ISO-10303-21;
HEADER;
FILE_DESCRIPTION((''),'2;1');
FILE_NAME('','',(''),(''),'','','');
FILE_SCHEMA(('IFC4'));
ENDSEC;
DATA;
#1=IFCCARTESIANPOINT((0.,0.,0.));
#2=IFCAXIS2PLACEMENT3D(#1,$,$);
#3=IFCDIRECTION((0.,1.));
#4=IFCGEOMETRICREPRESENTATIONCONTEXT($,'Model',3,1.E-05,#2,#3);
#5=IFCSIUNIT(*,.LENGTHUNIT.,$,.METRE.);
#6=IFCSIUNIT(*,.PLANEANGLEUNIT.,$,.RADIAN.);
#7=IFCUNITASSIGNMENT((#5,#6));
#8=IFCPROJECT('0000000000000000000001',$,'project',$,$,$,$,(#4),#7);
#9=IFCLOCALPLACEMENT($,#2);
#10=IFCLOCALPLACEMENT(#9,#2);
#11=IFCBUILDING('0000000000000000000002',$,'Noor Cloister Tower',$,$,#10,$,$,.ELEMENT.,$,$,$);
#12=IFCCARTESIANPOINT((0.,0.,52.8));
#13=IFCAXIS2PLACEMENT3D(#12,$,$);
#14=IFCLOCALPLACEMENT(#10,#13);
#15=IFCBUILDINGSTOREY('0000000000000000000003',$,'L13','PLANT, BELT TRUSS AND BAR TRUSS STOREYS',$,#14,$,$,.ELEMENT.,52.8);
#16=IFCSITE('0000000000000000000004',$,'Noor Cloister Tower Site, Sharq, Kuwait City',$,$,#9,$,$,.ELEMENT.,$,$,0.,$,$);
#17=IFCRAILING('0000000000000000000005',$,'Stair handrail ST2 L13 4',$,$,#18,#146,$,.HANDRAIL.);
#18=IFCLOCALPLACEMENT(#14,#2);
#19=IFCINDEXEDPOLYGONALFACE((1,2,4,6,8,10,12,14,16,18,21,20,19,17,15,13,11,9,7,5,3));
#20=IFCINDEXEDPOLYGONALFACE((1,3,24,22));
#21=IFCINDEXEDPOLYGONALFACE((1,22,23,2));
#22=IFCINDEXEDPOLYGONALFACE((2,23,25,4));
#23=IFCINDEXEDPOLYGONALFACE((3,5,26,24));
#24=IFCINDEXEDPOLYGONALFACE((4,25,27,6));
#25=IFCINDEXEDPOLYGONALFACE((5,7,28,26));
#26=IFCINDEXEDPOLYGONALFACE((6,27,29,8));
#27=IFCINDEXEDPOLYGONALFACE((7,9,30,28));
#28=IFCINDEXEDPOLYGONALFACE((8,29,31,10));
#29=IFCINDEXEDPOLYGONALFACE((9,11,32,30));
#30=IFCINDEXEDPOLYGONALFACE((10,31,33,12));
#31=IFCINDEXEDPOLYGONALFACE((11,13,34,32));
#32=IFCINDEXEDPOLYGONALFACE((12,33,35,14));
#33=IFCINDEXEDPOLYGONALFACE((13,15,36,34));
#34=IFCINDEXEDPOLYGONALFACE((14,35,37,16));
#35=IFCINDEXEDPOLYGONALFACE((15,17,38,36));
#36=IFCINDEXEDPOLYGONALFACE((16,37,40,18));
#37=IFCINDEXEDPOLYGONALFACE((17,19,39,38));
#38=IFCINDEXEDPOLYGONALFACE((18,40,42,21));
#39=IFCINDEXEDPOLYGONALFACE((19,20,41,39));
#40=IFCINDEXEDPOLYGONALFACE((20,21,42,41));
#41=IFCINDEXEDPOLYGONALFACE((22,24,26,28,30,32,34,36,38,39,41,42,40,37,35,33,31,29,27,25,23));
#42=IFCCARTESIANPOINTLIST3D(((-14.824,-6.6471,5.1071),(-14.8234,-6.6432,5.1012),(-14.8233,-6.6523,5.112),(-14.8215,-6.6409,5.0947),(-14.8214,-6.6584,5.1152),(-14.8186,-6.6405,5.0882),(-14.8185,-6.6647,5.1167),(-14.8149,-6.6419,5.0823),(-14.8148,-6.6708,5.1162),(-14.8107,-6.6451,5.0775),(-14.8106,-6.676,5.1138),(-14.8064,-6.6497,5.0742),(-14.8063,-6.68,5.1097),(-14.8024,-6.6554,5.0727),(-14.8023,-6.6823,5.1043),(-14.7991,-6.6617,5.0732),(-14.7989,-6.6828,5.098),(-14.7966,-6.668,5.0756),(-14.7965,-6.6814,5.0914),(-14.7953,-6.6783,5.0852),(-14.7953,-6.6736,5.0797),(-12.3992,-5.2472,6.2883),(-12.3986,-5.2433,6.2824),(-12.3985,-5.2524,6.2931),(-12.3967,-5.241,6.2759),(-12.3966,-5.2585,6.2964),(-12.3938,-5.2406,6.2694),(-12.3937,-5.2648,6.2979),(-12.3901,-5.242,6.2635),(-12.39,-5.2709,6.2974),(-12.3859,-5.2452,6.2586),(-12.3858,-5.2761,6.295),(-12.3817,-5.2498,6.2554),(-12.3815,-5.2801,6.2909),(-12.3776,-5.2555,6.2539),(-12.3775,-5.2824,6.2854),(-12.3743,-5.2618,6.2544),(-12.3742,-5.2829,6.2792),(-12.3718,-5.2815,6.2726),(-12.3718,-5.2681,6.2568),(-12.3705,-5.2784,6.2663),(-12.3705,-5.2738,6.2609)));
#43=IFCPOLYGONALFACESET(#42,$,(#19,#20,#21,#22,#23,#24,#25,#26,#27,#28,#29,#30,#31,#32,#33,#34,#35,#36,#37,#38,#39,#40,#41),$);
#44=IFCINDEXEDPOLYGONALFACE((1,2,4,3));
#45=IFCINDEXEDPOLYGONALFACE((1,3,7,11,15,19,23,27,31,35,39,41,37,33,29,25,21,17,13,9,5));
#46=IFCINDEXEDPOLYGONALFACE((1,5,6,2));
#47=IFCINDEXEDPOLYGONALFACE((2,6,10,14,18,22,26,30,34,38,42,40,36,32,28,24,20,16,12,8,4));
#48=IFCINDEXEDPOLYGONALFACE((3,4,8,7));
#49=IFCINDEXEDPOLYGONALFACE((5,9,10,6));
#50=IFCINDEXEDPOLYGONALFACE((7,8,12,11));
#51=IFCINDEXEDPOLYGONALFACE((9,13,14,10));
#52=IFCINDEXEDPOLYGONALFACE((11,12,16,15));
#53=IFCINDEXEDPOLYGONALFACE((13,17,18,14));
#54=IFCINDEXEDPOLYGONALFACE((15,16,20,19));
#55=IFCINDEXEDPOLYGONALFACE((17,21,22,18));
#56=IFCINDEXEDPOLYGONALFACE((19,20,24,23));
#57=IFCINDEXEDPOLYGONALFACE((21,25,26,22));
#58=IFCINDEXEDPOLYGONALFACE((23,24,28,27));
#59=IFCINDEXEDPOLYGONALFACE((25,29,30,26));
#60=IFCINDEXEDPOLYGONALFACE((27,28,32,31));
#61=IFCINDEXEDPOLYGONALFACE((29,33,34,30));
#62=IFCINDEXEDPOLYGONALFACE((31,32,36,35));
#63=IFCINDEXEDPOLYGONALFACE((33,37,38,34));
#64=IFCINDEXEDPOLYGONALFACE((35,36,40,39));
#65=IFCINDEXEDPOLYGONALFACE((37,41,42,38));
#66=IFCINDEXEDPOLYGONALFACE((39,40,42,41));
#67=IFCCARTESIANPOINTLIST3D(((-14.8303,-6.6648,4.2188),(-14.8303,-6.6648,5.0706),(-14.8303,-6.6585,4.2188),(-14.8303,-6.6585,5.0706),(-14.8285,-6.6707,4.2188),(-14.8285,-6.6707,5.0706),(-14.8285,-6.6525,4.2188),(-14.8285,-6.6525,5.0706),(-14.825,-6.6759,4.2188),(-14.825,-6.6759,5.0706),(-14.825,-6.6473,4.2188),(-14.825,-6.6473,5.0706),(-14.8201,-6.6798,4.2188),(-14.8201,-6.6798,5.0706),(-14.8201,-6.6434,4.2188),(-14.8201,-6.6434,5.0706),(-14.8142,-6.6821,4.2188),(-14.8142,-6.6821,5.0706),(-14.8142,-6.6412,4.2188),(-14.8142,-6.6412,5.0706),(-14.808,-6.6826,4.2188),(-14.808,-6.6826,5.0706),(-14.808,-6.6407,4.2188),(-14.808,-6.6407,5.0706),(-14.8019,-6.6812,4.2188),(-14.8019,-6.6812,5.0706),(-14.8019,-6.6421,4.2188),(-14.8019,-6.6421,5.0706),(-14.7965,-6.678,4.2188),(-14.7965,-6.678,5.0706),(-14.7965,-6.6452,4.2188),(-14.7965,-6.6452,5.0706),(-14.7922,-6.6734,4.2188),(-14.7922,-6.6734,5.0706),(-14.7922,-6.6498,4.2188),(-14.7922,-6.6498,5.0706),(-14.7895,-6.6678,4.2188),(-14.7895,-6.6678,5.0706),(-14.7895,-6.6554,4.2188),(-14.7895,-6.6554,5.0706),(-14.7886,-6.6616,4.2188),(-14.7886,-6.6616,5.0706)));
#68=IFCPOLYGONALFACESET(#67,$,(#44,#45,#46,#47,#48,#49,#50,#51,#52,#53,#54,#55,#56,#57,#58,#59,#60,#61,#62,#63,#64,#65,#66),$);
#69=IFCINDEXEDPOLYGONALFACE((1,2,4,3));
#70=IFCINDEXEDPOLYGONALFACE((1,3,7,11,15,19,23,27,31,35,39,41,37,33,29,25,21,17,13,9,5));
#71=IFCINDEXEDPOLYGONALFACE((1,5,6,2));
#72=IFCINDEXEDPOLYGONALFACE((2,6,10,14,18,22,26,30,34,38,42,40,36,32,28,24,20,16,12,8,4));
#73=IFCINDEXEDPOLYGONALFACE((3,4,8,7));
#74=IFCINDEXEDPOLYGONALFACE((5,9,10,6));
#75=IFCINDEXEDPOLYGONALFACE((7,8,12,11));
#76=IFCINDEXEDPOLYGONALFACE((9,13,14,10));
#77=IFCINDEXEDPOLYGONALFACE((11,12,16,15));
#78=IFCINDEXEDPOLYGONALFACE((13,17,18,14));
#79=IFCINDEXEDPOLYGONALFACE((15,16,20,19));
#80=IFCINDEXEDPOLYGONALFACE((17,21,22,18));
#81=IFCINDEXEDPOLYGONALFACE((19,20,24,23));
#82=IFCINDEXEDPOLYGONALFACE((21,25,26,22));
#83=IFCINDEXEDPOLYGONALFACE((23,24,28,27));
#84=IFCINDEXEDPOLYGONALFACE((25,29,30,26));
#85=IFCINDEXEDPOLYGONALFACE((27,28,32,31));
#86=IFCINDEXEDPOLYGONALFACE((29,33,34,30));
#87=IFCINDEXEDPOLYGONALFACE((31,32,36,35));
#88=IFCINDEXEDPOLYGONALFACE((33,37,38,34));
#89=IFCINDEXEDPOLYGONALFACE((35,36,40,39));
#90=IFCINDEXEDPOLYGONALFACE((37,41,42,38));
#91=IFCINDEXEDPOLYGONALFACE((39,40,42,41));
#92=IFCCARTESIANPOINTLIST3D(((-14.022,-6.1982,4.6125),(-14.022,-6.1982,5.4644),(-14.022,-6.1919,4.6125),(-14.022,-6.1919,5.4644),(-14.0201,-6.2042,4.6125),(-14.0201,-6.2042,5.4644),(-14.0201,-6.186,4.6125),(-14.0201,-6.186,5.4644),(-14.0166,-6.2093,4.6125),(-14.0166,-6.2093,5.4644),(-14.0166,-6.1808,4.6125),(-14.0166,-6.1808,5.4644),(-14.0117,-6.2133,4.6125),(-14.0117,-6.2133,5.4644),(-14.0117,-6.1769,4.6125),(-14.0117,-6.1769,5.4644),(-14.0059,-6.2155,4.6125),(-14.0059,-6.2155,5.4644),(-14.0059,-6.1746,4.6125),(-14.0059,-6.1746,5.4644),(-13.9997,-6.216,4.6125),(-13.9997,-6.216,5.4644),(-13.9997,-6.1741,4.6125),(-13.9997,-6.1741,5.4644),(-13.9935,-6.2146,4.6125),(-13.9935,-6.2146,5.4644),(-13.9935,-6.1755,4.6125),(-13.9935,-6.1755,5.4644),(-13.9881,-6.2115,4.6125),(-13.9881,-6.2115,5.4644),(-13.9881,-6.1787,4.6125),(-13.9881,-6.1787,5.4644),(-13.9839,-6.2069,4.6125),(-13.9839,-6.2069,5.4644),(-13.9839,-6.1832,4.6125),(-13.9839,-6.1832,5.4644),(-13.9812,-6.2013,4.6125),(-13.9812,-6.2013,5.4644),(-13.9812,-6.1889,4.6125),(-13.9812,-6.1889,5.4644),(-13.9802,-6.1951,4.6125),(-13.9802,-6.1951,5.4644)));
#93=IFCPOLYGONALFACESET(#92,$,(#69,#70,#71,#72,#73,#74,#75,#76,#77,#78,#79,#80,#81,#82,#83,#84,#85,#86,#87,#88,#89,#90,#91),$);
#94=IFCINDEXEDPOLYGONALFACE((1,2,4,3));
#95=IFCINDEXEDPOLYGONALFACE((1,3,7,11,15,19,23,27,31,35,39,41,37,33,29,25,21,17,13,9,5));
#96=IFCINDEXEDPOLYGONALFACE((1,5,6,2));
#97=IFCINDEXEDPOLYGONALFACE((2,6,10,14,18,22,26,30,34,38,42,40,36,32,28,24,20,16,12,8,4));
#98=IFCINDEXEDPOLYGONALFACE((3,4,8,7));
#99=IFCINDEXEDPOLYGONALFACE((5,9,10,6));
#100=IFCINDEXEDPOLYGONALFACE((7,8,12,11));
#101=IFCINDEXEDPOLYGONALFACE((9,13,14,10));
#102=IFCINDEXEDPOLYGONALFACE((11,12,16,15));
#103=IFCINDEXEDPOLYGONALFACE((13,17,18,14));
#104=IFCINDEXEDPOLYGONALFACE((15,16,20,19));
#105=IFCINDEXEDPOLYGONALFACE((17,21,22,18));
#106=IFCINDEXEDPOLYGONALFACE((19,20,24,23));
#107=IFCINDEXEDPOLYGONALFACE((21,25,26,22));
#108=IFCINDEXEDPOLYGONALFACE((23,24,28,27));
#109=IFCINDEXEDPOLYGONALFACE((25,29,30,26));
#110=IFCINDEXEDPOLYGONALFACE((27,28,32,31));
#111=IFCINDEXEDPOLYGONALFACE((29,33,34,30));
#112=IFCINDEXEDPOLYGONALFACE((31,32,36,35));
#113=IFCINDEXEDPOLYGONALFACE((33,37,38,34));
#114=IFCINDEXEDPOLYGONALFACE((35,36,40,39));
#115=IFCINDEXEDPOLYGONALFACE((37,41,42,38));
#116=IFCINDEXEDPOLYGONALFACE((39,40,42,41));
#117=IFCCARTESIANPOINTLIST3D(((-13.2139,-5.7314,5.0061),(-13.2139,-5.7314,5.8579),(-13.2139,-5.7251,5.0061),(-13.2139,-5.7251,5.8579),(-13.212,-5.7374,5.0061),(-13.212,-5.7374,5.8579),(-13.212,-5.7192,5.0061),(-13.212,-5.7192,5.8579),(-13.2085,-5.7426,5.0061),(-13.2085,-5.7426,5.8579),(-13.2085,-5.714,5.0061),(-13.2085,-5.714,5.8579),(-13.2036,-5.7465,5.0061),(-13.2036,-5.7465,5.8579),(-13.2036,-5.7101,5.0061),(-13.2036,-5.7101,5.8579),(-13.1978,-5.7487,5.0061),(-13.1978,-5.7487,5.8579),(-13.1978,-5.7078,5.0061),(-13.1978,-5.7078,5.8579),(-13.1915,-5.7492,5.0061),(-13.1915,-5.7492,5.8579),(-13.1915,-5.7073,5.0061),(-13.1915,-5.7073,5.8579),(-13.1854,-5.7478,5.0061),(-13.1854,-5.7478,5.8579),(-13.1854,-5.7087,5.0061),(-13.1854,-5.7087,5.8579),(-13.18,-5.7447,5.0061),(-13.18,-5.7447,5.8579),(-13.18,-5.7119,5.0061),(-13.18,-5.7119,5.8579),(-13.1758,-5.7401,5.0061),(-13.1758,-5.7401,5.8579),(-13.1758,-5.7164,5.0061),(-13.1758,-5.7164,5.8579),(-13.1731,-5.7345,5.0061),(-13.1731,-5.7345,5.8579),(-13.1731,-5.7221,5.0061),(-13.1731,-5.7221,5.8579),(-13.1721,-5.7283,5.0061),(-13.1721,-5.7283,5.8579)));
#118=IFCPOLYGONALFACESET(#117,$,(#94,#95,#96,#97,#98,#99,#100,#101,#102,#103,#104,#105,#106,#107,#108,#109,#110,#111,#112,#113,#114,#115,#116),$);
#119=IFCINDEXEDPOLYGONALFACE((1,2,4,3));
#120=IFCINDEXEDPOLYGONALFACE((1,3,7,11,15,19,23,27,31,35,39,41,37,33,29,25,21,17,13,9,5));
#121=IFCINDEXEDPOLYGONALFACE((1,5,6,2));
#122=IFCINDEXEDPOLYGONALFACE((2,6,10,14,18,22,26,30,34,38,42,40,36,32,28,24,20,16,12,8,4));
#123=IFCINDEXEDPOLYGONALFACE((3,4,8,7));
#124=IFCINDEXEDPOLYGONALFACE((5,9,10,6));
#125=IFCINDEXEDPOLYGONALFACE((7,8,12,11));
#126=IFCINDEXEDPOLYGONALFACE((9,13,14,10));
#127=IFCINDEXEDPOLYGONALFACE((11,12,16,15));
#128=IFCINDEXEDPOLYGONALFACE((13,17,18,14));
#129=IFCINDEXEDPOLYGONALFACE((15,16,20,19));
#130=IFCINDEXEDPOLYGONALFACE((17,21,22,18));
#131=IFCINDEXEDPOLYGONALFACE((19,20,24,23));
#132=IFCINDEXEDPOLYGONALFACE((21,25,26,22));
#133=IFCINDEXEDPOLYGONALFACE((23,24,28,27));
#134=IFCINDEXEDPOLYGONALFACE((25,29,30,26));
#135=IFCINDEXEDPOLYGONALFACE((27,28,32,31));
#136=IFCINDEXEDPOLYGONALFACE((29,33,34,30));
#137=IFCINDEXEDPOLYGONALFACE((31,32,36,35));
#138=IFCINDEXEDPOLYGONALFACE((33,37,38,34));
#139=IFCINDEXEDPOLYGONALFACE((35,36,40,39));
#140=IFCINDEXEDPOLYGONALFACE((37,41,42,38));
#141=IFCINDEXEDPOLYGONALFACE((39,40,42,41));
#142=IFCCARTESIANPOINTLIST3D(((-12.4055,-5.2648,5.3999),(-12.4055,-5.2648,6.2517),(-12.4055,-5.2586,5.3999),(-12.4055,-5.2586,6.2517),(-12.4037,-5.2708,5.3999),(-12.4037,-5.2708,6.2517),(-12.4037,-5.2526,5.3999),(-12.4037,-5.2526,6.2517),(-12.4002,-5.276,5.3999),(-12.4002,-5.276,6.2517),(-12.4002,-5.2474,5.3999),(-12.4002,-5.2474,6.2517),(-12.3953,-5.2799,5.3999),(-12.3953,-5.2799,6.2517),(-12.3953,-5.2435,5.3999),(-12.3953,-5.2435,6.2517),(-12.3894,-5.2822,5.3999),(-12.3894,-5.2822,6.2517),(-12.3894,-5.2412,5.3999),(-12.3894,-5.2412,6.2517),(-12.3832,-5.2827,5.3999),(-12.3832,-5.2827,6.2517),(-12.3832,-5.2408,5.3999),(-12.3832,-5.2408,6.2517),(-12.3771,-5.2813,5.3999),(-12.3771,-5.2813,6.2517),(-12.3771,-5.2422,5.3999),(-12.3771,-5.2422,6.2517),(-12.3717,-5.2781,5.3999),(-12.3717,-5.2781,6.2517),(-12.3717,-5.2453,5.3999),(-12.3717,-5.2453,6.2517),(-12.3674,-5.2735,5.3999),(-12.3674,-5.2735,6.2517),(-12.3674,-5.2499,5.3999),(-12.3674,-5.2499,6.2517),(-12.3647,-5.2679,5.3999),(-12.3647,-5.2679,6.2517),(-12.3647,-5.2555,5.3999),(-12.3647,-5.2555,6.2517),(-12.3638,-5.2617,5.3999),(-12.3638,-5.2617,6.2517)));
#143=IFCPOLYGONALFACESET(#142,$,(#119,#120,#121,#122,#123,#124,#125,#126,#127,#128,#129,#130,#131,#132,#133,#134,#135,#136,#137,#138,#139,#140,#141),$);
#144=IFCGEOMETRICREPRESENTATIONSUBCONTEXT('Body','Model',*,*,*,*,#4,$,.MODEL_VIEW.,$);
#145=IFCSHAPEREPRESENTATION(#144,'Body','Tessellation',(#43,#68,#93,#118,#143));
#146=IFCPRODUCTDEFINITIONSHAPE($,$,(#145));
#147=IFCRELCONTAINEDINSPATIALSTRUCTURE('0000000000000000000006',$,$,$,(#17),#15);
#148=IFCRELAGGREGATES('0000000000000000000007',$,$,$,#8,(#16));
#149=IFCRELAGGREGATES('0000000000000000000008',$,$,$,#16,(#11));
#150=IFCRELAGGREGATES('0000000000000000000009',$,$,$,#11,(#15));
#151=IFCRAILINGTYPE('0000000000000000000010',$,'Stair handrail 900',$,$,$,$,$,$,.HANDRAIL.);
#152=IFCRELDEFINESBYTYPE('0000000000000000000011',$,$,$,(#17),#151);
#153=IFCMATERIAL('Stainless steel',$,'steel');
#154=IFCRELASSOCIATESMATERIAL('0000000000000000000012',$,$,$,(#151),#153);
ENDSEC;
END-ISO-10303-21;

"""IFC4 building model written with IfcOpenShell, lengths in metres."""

from ifc_helpers import new_model, si_unit, direction, frame, origin, origin_2d, place, context, subcontext, project, spatial, circle, extrude, material, type_object, element, save


model = new_model("IFC4")

# Units and contexts
model_context = context("Model", 3, precision=1e-05, world=origin(), true_north=direction((0.0, 1.0)))
body_context = subcontext(model_context, "Body", "Model", "MODEL_VIEW")
ifc_project = project(units=[si_unit("LENGTHUNIT", "METRE"), si_unit("PLANEANGLEUNIT", "RADIAN")], contexts=[model_context])

# Site, building, storey
site_placement = place(None, origin())
site = spatial("IfcSite", under=ifc_project, at=site_placement, Name="Noor Cloister Tower Site, Sharq, Kuwait City", CompositionType="ELEMENT", RefElevation=0.0)
building_placement = place(site_placement, origin())
building = spatial("IfcBuilding", under=site, at=building_placement, Name="Noor Cloister Tower", CompositionType="ELEMENT")
storey_placement = place(building_placement, frame((0.0, 0.0, 52.8)))
storey = spatial("IfcBuildingStorey", under=building, at=storey_placement, Name="L13", Description="PLANT, BELT TRUSS AND BAR TRUSS STOREYS", CompositionType="ELEMENT", Elevation=52.8)

# Railing
ifc_material_1 = material(Name="Stainless steel", Category="steel")
railing_type = type_object("IfcRailingType", Name="Stair handrail 900", PredefinedType="HANDRAIL", material=ifc_material_1)
for number, where, name in (
    (1, (-14.8096, -6.6616, 4.2188), "Stair handrail ST2 L13 4"),
):
    element("IfcRailing", number, at=place(storey_placement, frame(where)), inside=storey, type_object=railing_type, Name=name, PredefinedType="HANDRAIL", context=body_context, shape_type="SweptSolid", body=[
        extrude(circle(Radius=0.0239, at=origin_2d()), frame((0.0, 0.0, 0.876), z_axis=(0.797939, 0.460671, 0.388686), x_axis=(-0.499984, 0.866035, 0.0)), (0.0, 0.0, 1.0), 3.0388),
        extrude(circle(Radius=0.021, at=origin_2d()), origin(), (0.0, 0.0, 1.0), 0.8518),
        extrude(circle(Radius=0.021, at=origin_2d()), frame((0.8083, 0.4666, 0.3938)), (0.0, 0.0, 1.0), 0.8518),
        extrude(circle(Radius=0.021, at=origin_2d()), frame((1.6165, 0.9333, 0.7874)), (0.0, 0.0, 1.0), 0.8518),
        extrude(circle(Radius=0.021, at=origin_2d()), frame((2.4248, 1.3999, 1.1812)), (0.0, 0.0, 1.0), 0.8518),
    ])

save(model, "model.ifc")
